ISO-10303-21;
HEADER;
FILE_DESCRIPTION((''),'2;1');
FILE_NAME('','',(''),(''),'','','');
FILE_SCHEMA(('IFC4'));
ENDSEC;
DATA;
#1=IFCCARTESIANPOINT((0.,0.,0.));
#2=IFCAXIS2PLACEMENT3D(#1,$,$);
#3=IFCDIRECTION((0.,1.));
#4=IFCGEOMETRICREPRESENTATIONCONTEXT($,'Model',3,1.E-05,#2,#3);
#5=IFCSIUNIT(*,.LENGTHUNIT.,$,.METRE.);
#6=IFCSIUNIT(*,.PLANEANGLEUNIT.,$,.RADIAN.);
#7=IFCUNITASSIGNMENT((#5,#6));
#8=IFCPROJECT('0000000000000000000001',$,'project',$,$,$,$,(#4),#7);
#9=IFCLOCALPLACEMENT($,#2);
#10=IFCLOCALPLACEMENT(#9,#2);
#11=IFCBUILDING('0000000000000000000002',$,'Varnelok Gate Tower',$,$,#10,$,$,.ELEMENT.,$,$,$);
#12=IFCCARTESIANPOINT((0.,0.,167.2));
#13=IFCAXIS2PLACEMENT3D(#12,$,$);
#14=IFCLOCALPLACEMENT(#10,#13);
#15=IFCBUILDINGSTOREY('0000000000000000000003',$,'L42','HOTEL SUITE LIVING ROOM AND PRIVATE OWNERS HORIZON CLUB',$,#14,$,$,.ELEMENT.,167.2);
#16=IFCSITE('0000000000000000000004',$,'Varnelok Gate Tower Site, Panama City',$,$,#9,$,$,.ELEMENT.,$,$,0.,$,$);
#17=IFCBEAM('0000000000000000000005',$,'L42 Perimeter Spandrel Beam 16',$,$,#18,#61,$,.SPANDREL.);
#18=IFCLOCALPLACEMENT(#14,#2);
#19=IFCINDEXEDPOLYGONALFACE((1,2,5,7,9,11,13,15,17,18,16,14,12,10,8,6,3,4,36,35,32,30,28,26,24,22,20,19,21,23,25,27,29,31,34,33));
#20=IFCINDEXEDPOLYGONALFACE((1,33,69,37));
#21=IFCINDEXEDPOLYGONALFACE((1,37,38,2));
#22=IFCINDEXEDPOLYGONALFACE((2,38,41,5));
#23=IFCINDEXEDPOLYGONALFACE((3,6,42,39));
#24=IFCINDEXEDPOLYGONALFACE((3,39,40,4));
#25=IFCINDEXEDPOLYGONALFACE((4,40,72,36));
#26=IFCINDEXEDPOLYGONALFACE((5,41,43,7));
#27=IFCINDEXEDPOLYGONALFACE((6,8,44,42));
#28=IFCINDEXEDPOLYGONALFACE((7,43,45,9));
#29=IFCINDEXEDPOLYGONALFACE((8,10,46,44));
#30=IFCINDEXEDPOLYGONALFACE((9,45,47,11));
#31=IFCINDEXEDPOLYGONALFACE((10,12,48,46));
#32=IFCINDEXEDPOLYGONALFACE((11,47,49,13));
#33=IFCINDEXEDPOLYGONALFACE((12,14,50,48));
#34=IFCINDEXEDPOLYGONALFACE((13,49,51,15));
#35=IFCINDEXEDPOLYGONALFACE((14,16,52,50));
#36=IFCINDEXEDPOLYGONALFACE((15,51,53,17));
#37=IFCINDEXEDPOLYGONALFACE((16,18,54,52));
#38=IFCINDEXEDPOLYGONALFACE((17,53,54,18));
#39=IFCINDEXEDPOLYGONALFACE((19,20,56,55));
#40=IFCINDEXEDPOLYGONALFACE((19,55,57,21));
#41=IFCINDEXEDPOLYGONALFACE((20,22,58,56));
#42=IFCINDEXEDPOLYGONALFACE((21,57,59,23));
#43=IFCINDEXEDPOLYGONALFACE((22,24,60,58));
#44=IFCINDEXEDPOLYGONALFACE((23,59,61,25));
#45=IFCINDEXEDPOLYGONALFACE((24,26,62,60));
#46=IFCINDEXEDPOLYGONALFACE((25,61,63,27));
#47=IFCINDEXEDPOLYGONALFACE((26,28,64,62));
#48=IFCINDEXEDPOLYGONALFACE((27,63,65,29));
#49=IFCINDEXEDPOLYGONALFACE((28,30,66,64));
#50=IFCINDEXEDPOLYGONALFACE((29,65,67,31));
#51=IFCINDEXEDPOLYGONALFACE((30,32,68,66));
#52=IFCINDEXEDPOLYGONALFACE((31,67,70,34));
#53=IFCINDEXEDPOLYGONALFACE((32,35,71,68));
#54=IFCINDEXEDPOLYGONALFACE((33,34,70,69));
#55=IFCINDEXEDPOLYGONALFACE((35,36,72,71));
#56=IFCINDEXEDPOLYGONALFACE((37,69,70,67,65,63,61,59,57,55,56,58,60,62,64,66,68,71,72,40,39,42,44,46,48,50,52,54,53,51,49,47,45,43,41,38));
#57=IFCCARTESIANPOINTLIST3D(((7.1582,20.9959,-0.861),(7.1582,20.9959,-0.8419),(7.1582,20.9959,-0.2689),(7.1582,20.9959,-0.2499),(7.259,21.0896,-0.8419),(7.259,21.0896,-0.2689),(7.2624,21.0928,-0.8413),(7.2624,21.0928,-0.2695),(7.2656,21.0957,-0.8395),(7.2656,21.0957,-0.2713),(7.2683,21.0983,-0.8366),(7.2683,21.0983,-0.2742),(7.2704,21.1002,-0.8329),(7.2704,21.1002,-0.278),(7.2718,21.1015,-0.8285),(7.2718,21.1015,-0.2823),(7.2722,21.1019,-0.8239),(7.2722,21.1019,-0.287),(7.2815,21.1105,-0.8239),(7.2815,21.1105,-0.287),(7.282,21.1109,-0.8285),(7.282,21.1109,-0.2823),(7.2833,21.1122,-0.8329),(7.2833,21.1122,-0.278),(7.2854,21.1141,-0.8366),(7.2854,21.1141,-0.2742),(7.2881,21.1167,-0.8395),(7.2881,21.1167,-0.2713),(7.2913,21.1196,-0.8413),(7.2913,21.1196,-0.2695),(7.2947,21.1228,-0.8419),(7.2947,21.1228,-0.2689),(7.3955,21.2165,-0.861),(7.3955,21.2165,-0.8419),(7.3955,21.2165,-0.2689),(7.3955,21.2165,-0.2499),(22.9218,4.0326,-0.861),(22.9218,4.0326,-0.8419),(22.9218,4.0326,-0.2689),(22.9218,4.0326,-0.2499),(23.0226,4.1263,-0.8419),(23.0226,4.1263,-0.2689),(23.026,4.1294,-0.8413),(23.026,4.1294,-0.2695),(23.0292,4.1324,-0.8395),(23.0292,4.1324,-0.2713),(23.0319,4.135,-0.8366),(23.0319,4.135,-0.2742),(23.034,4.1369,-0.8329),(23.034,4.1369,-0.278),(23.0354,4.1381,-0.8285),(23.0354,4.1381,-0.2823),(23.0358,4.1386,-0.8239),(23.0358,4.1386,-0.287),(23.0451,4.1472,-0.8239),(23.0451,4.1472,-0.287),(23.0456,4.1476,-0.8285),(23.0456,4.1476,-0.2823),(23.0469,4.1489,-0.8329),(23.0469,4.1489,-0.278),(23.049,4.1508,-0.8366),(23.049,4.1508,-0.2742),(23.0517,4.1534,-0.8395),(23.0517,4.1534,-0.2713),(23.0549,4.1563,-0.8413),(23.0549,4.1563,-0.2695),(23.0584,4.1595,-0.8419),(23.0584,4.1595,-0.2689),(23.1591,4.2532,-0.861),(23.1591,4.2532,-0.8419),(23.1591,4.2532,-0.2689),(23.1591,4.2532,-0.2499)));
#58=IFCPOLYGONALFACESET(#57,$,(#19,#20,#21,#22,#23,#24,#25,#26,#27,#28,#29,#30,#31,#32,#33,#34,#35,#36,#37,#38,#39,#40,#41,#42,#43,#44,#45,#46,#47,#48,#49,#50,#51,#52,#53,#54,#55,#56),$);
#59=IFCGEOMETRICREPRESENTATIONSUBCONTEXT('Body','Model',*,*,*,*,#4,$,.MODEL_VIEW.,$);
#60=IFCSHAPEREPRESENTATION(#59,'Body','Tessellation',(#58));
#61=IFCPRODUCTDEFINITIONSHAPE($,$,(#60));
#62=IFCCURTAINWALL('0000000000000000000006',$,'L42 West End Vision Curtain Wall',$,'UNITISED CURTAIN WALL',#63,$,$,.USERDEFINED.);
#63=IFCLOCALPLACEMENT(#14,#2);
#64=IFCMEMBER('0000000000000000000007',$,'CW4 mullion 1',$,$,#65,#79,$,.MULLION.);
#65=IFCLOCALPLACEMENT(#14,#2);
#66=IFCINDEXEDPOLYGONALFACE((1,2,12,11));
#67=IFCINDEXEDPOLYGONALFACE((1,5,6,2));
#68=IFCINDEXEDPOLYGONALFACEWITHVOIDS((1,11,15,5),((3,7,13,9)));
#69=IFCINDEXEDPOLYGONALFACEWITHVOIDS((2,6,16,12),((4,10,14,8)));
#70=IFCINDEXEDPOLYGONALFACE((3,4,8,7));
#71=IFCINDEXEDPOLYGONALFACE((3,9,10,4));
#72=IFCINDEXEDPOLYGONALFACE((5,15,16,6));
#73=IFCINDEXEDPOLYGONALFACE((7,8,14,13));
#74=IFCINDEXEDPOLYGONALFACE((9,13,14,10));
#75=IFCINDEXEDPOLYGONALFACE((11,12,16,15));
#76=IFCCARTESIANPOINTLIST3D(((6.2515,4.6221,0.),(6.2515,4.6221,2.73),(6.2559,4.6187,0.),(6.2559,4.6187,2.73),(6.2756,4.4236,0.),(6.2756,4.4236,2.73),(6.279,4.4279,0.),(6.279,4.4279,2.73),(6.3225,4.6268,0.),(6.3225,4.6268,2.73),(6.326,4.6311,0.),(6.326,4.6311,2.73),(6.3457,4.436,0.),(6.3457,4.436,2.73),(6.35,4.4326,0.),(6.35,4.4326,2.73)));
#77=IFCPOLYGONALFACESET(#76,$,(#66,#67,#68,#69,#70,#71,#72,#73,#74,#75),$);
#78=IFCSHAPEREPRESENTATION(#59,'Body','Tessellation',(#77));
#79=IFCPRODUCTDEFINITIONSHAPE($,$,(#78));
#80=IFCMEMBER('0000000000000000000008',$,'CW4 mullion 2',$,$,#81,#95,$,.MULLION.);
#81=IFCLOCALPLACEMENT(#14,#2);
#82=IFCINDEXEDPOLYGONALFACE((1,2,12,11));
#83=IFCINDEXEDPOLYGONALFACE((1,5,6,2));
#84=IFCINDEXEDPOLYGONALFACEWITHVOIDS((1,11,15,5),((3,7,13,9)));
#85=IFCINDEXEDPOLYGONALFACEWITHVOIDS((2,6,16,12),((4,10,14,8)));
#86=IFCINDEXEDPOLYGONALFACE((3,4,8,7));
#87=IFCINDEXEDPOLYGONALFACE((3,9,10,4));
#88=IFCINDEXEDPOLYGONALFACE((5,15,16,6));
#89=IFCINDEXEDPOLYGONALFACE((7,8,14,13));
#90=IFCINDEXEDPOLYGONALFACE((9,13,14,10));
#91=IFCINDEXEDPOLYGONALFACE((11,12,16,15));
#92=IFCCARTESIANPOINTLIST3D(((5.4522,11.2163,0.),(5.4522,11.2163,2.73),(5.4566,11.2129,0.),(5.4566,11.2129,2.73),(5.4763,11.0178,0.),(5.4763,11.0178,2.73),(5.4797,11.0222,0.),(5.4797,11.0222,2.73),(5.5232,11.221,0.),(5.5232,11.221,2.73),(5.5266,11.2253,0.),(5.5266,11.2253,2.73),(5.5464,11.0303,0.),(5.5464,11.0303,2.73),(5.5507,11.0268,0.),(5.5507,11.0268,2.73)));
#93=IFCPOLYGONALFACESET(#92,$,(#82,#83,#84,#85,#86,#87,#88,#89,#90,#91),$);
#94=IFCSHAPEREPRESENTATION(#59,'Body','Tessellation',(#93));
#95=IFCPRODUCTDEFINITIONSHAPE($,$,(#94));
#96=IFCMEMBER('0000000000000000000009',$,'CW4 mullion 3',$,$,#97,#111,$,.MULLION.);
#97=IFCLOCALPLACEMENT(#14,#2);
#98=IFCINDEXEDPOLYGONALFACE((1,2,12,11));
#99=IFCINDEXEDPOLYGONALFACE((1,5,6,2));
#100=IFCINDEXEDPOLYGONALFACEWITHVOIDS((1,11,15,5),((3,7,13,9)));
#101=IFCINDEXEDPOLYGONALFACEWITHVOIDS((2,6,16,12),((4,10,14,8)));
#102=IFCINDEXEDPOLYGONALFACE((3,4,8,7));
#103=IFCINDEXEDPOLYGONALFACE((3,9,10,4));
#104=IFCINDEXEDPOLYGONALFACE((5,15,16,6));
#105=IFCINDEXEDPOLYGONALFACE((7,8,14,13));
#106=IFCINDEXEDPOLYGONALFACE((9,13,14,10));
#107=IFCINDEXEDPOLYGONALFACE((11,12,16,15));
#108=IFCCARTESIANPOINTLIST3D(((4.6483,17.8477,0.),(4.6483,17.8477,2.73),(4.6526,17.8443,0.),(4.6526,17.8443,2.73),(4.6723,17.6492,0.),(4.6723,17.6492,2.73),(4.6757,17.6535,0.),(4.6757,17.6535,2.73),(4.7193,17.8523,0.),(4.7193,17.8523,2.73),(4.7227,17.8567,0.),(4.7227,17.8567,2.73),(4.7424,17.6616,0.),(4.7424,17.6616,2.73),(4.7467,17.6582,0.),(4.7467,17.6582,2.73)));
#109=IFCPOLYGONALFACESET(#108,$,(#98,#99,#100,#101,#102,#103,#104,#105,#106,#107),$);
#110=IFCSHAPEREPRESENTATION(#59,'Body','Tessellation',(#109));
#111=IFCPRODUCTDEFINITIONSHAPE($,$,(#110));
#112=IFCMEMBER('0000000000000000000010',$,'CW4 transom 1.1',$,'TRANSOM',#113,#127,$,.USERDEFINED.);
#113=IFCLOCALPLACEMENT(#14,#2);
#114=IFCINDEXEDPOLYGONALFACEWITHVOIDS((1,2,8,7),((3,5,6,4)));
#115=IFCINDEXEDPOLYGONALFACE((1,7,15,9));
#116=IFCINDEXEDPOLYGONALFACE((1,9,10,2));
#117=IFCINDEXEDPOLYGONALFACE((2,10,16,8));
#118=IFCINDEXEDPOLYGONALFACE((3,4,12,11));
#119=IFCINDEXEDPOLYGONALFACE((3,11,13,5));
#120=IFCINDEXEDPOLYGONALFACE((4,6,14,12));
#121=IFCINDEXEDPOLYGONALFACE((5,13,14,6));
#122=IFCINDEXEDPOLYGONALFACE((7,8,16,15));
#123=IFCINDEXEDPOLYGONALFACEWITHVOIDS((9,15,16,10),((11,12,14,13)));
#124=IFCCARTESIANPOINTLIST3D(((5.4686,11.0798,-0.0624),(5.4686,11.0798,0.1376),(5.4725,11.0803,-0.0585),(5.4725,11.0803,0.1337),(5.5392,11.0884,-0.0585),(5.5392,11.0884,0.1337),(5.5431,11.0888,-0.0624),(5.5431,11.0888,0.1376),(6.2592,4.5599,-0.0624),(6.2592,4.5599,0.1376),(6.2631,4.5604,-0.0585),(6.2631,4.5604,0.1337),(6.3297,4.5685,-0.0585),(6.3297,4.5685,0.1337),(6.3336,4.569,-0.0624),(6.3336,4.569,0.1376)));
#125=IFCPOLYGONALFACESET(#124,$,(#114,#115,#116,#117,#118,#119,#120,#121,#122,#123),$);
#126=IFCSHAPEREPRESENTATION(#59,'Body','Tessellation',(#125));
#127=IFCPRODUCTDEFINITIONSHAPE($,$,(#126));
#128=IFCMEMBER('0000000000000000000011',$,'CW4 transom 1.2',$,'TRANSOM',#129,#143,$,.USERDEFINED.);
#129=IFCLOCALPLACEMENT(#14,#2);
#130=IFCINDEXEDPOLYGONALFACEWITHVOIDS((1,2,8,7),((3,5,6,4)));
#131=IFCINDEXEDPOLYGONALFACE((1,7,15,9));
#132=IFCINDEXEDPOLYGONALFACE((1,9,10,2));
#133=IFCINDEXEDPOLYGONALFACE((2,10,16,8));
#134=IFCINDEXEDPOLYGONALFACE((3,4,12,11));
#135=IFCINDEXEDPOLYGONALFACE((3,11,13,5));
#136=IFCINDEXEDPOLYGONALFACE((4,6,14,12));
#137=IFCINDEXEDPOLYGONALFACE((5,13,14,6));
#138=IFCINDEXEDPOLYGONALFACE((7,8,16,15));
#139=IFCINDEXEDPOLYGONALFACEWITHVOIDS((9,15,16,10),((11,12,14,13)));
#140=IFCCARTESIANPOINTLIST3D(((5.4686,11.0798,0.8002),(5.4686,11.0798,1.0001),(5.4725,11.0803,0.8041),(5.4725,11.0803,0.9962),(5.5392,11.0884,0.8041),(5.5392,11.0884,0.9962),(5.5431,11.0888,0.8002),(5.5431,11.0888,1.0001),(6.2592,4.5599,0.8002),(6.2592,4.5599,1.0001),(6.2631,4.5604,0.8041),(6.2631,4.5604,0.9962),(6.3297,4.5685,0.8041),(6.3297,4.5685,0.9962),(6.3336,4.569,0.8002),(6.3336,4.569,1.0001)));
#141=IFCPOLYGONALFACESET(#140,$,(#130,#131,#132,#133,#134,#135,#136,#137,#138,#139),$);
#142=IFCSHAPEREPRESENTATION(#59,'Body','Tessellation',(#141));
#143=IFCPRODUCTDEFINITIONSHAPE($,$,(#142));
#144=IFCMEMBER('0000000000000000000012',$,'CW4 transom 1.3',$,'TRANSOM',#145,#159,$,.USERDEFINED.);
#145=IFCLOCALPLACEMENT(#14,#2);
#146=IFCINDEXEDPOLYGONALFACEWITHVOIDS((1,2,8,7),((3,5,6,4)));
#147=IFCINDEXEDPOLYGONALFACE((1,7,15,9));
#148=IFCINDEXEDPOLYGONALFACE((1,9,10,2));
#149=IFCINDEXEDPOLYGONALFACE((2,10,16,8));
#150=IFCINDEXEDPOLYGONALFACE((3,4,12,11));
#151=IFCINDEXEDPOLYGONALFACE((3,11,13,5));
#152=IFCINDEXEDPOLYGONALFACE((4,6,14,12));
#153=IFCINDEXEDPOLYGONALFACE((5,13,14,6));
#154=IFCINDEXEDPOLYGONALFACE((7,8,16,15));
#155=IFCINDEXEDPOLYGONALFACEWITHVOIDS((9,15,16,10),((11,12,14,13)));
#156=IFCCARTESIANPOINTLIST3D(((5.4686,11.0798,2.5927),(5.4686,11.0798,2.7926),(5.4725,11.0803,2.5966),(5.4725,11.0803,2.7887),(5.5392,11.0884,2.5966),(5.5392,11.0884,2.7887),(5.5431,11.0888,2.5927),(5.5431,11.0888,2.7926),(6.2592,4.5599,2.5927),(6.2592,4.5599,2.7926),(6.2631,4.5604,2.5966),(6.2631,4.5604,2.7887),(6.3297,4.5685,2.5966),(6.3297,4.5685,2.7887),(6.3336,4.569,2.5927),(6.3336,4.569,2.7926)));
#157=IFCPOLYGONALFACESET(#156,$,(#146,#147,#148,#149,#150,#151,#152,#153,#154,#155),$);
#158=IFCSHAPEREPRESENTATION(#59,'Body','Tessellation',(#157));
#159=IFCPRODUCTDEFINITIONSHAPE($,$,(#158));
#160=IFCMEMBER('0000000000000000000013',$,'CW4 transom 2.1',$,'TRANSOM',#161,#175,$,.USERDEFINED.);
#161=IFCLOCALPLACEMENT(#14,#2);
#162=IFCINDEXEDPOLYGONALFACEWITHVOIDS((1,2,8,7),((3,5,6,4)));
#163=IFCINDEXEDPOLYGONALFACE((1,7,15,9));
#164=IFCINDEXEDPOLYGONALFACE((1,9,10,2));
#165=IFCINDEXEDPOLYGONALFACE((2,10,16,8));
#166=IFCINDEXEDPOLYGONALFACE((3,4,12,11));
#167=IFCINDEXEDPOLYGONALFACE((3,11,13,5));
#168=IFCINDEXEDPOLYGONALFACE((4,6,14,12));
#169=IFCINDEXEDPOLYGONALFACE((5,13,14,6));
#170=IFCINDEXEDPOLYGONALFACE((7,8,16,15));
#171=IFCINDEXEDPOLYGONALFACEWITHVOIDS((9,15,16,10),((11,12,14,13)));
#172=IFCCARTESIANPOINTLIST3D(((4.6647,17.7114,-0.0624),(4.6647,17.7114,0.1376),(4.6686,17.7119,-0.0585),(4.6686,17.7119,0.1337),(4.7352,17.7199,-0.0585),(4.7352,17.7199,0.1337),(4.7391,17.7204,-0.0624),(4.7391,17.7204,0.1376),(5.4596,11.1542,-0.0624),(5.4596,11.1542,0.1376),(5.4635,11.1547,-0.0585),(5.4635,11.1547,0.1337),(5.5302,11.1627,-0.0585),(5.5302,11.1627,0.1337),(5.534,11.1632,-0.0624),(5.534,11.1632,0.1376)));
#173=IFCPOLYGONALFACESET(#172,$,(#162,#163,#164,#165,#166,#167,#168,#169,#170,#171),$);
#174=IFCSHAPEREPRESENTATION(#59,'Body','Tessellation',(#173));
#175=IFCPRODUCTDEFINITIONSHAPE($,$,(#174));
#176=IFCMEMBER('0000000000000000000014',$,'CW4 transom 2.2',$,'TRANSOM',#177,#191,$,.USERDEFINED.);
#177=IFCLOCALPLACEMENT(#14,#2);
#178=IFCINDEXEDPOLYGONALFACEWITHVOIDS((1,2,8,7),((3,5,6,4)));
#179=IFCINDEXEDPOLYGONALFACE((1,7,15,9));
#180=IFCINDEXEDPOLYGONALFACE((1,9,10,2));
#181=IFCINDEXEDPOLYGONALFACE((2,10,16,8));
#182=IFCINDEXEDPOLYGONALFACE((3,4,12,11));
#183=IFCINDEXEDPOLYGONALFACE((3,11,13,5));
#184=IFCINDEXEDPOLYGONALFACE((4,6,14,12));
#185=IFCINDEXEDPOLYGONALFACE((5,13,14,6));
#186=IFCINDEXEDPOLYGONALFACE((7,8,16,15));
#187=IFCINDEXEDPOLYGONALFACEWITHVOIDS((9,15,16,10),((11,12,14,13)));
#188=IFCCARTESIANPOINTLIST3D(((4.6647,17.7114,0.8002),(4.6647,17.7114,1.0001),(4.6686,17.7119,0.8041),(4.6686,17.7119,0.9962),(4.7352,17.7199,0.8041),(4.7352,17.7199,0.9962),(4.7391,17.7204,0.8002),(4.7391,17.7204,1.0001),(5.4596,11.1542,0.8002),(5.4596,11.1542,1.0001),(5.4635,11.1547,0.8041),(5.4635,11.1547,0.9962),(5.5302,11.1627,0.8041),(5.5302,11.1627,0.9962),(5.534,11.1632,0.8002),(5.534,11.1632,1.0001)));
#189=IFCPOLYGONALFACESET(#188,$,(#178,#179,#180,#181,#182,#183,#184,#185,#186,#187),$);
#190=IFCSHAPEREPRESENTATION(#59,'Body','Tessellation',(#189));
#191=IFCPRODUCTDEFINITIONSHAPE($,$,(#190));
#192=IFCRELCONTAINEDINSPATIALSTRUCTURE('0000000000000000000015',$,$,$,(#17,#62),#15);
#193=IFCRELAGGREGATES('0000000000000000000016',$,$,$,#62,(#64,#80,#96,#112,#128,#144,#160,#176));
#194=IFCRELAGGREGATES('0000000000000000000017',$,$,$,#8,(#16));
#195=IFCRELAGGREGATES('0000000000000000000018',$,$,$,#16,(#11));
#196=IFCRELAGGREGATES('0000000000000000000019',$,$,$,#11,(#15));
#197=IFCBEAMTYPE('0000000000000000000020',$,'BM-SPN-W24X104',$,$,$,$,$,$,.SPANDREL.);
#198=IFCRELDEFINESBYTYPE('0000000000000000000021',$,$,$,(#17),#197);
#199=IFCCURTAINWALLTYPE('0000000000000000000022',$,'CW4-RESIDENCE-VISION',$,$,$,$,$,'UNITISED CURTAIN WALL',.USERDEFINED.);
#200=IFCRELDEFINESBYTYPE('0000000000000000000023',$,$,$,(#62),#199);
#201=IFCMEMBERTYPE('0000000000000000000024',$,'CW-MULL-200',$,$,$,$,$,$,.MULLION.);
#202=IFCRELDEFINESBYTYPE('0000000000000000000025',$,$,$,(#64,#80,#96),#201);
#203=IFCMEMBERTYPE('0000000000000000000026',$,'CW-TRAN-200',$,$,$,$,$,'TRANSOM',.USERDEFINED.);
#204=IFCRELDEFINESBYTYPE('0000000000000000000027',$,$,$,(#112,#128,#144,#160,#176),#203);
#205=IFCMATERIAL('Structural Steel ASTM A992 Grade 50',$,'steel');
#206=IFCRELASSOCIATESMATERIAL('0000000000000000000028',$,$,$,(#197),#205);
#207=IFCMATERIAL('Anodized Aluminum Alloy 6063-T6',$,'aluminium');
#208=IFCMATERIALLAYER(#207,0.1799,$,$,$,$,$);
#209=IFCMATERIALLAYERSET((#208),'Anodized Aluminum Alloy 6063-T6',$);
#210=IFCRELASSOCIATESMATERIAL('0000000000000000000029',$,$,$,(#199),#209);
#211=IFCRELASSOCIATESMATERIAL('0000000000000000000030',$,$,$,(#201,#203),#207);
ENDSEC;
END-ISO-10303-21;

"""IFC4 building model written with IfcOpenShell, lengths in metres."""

from ifc_helpers import new_model, si_unit, direction, frame, origin, origin_2d, place, context, subcontext, project, spatial, hollow_rectangle, i_section, extrude, material, layer, layer_set, material_profile, profile_set, type_object, element, aggregate, save


model = new_model("IFC4")

# Units and contexts
model_context = context("Model", 3, precision=1e-05, world=origin(), true_north=direction((0.0, 1.0)))
body_context = subcontext(model_context, "Body", "Model", "MODEL_VIEW")
ifc_project = project(units=[si_unit("LENGTHUNIT", "METRE"), si_unit("PLANEANGLEUNIT", "RADIAN")], contexts=[model_context])

# Site, building, storey
site_placement = place(None, origin())
site = spatial("IfcSite", under=ifc_project, at=site_placement, Name="Varnelok Gate Tower Site, Panama City", CompositionType="ELEMENT", RefElevation=0.0)
building_placement = place(site_placement, origin())
building = spatial("IfcBuilding", under=site, at=building_placement, Name="Varnelok Gate Tower", CompositionType="ELEMENT")
storey_placement = place(building_placement, frame((0.0, 0.0, 167.2)))
storey = spatial("IfcBuildingStorey", under=building, at=storey_placement, Name="L42", Description="HOTEL SUITE LIVING ROOM AND PRIVATE OWNERS HORIZON CLUB", CompositionType="ELEMENT", Elevation=167.2)

# Beam
ifc_material_1 = material(Name="Structural Steel ASTM A992 Grade 50", Category="steel")
ifc_material_profile_1 = material_profile(ifc_material_1, i_section(OverallWidth=0.324, OverallDepth=0.6111, WebThickness=0.0127, FlangeThickness=0.019, FilletRadius=0.0181, at=origin_2d()), Name="W24X104")
ifc_profile_set_1 = profile_set([ifc_material_profile_1], Name="Structural Steel ASTM A992 Grade 50")
beam_type = type_object("IfcBeamType", Name="BM-SPN-W24X104", PredefinedType="SPANDREL", material=ifc_profile_set_1)
beam_placement = place(storey_placement, frame((7.2769, 21.1062, -0.5554), z_axis=(0.680728, -0.732536, 0.0), x_axis=(0.732536, 0.680728, 0.0)))
element("IfcBeam", 1, at=beam_placement, inside=storey, type_object=beam_type, Name="L42 Perimeter Spandrel Beam 16", PredefinedType="SPANDREL", context=body_context, shape_type="SweptSolid", body=[
    extrude(i_section(OverallWidth=0.324, OverallDepth=0.6111, WebThickness=0.0127, FlangeThickness=0.019, FilletRadius=0.0181, at=origin_2d()), origin(), (0.0, 0.0, 1.0), 23.157),
])

# Curtain wall, members
ifc_material_2 = material(Name="Anodized Aluminum Alloy 6063-T6", Category="aluminium")
ifc_layer_1 = layer(ifc_material_2, 0.1799)
ifc_layer_set_1 = layer_set([ifc_layer_1], Name="Anodized Aluminum Alloy 6063-T6")
curtain_wall_type = type_object("IfcCurtainWallType", Name="CW4-RESIDENCE-VISION", ElementType="UNITISED CURTAIN WALL", PredefinedType="USERDEFINED", material=ifc_layer_set_1)
curtain_wall_placement = place(storey_placement, origin())
curtain_wall = element("IfcCurtainWall", 2, at=curtain_wall_placement, inside=storey, type_object=curtain_wall_type, Name="L42 West End Vision Curtain Wall", ObjectType="UNITISED CURTAIN WALL", PredefinedType="USERDEFINED")
ifc_material_profile_2 = material_profile(ifc_material_2, hollow_rectangle(XDim=0.075, YDim=0.2, WallThickness=0.0039, at=origin_2d()), Name="ALU200X75X4")
ifc_profile_set_2 = profile_set([ifc_material_profile_2], Name="Anodized Aluminum Alloy 6063-T6")
member_type_1 = type_object("IfcMemberType", Name="CW-MULL-200", PredefinedType="MULLION", material=ifc_profile_set_2)
member_1_placement = place(storey_placement, frame((6.3008, 4.5273, 0.0), z_axis=(0.0, 0.0, 1.0), x_axis=(-0.992732, -0.120345, 0.0)))
member_1 = element("IfcMember", 3, at=member_1_placement, type_object=member_type_1, Name="CW4 mullion 1", PredefinedType="MULLION", context=body_context, shape_type="SweptSolid", body=[
    extrude(hollow_rectangle(XDim=0.075, YDim=0.2, WallThickness=0.0039, at=origin_2d()), origin(), (0.0, 0.0, 1.0), 2.73),
])
member_2_placement = place(storey_placement, frame((5.5015, 11.1216, 0.0), z_axis=(0.0, 0.0, 1.0), x_axis=(-0.992732, -0.120345, 0.0)))
member_2 = element("IfcMember", 4, at=member_2_placement, type_object=member_type_1, Name="CW4 mullion 2", PredefinedType="MULLION", context=body_context, shape_type="SweptSolid", body=[
    extrude(hollow_rectangle(XDim=0.075, YDim=0.2, WallThickness=0.0039, at=origin_2d()), origin(), (0.0, 0.0, 1.0), 2.73),
])
member_3_placement = place(storey_placement, frame((4.6975, 17.7529, 0.0), z_axis=(0.0, 0.0, 1.0), x_axis=(-0.992732, -0.120345, 0.0)))
member_3 = element("IfcMember", 5, at=member_3_placement, type_object=member_type_1, Name="CW4 mullion 3", PredefinedType="MULLION", context=body_context, shape_type="SweptSolid", body=[
    extrude(hollow_rectangle(XDim=0.075, YDim=0.2, WallThickness=0.0039, at=origin_2d()), origin(), (0.0, 0.0, 1.0), 2.73),
])
ifc_material_profile_3 = material_profile(ifc_material_2, hollow_rectangle(XDim=0.075, YDim=0.2, WallThickness=0.0039, at=origin_2d()), Name="ALU200X75X4")
ifc_profile_set_3 = profile_set([ifc_material_profile_3], Name="Anodized Aluminum Alloy 6063-T6")
member_type_2 = type_object("IfcMemberType", Name="CW-TRAN-200", ElementType="TRANSOM", PredefinedType="USERDEFINED", material=ifc_profile_set_3)
member_4_placement = place(storey_placement, frame((6.2964, 4.5645, 0.0376), z_axis=(-0.120369, 0.992729, 0.0), x_axis=(-0.992729, -0.120369, 0.0)))
member_4 = element("IfcMember", 6, at=member_4_placement, type_object=member_type_2, Name="CW4 transom 1.1", ObjectType="TRANSOM", PredefinedType="USERDEFINED", context=body_context, shape_type="SweptSolid", body=[
    extrude(hollow_rectangle(XDim=0.075, YDim=0.2, WallThickness=0.0039, at=origin_2d()), origin(), (0.0, 0.0, 1.0), 6.5676),
])
member_5_placement = place(storey_placement, frame((6.2964, 4.5645, 0.9001), z_axis=(-0.120369, 0.992729, 0.0), x_axis=(-0.992729, -0.120369, 0.0)))
member_5 = element("IfcMember", 7, at=member_5_placement, type_object=member_type_2, Name="CW4 transom 1.2", ObjectType="TRANSOM", PredefinedType="USERDEFINED", context=body_context, shape_type="SweptSolid", body=[
    extrude(hollow_rectangle(XDim=0.075, YDim=0.2, WallThickness=0.0039, at=origin_2d()), origin(), (0.0, 0.0, 1.0), 6.5676),
])
member_6_placement = place(storey_placement, frame((6.2964, 4.5645, 2.6926), z_axis=(-0.120369, 0.992729, 0.0), x_axis=(-0.992729, -0.120369, 0.0)))
member_6 = element("IfcMember", 8, at=member_6_placement, type_object=member_type_2, Name="CW4 transom 1.3", ObjectType="TRANSOM", PredefinedType="USERDEFINED", context=body_context, shape_type="SweptSolid", body=[
    extrude(hollow_rectangle(XDim=0.075, YDim=0.2, WallThickness=0.0039, at=origin_2d()), origin(), (0.0, 0.0, 1.0), 6.5676),
])
member_7_placement = place(storey_placement, frame((5.4968, 11.1587, 0.0376), z_axis=(-0.120349, 0.992732, 0.0), x_axis=(-0.992732, -0.120349, 0.0)))
member_7 = element("IfcMember", 9, at=member_7_placement, type_object=member_type_2, Name="CW4 transom 2.1", ObjectType="TRANSOM", PredefinedType="USERDEFINED", context=body_context, shape_type="SweptSolid", body=[
    extrude(hollow_rectangle(XDim=0.075, YDim=0.2, WallThickness=0.0039, at=origin_2d()), origin(), (0.0, 0.0, 1.0), 6.6052),
])
member_8_placement = place(storey_placement, frame((5.4968, 11.1587, 0.9001), z_axis=(-0.120349, 0.992732, 0.0), x_axis=(-0.992732, -0.120349, 0.0)))
member_8 = element("IfcMember", 10, at=member_8_placement, type_object=member_type_2, Name="CW4 transom 2.2", ObjectType="TRANSOM", PredefinedType="USERDEFINED", context=body_context, shape_type="SweptSolid", body=[
    extrude(hollow_rectangle(XDim=0.075, YDim=0.2, WallThickness=0.0039, at=origin_2d()), origin(), (0.0, 0.0, 1.0), 6.6052),
])
aggregate(curtain_wall, [member_1, member_2, member_3, member_4, member_5, member_6, member_7, member_8])

save(model, "model.ifc")
